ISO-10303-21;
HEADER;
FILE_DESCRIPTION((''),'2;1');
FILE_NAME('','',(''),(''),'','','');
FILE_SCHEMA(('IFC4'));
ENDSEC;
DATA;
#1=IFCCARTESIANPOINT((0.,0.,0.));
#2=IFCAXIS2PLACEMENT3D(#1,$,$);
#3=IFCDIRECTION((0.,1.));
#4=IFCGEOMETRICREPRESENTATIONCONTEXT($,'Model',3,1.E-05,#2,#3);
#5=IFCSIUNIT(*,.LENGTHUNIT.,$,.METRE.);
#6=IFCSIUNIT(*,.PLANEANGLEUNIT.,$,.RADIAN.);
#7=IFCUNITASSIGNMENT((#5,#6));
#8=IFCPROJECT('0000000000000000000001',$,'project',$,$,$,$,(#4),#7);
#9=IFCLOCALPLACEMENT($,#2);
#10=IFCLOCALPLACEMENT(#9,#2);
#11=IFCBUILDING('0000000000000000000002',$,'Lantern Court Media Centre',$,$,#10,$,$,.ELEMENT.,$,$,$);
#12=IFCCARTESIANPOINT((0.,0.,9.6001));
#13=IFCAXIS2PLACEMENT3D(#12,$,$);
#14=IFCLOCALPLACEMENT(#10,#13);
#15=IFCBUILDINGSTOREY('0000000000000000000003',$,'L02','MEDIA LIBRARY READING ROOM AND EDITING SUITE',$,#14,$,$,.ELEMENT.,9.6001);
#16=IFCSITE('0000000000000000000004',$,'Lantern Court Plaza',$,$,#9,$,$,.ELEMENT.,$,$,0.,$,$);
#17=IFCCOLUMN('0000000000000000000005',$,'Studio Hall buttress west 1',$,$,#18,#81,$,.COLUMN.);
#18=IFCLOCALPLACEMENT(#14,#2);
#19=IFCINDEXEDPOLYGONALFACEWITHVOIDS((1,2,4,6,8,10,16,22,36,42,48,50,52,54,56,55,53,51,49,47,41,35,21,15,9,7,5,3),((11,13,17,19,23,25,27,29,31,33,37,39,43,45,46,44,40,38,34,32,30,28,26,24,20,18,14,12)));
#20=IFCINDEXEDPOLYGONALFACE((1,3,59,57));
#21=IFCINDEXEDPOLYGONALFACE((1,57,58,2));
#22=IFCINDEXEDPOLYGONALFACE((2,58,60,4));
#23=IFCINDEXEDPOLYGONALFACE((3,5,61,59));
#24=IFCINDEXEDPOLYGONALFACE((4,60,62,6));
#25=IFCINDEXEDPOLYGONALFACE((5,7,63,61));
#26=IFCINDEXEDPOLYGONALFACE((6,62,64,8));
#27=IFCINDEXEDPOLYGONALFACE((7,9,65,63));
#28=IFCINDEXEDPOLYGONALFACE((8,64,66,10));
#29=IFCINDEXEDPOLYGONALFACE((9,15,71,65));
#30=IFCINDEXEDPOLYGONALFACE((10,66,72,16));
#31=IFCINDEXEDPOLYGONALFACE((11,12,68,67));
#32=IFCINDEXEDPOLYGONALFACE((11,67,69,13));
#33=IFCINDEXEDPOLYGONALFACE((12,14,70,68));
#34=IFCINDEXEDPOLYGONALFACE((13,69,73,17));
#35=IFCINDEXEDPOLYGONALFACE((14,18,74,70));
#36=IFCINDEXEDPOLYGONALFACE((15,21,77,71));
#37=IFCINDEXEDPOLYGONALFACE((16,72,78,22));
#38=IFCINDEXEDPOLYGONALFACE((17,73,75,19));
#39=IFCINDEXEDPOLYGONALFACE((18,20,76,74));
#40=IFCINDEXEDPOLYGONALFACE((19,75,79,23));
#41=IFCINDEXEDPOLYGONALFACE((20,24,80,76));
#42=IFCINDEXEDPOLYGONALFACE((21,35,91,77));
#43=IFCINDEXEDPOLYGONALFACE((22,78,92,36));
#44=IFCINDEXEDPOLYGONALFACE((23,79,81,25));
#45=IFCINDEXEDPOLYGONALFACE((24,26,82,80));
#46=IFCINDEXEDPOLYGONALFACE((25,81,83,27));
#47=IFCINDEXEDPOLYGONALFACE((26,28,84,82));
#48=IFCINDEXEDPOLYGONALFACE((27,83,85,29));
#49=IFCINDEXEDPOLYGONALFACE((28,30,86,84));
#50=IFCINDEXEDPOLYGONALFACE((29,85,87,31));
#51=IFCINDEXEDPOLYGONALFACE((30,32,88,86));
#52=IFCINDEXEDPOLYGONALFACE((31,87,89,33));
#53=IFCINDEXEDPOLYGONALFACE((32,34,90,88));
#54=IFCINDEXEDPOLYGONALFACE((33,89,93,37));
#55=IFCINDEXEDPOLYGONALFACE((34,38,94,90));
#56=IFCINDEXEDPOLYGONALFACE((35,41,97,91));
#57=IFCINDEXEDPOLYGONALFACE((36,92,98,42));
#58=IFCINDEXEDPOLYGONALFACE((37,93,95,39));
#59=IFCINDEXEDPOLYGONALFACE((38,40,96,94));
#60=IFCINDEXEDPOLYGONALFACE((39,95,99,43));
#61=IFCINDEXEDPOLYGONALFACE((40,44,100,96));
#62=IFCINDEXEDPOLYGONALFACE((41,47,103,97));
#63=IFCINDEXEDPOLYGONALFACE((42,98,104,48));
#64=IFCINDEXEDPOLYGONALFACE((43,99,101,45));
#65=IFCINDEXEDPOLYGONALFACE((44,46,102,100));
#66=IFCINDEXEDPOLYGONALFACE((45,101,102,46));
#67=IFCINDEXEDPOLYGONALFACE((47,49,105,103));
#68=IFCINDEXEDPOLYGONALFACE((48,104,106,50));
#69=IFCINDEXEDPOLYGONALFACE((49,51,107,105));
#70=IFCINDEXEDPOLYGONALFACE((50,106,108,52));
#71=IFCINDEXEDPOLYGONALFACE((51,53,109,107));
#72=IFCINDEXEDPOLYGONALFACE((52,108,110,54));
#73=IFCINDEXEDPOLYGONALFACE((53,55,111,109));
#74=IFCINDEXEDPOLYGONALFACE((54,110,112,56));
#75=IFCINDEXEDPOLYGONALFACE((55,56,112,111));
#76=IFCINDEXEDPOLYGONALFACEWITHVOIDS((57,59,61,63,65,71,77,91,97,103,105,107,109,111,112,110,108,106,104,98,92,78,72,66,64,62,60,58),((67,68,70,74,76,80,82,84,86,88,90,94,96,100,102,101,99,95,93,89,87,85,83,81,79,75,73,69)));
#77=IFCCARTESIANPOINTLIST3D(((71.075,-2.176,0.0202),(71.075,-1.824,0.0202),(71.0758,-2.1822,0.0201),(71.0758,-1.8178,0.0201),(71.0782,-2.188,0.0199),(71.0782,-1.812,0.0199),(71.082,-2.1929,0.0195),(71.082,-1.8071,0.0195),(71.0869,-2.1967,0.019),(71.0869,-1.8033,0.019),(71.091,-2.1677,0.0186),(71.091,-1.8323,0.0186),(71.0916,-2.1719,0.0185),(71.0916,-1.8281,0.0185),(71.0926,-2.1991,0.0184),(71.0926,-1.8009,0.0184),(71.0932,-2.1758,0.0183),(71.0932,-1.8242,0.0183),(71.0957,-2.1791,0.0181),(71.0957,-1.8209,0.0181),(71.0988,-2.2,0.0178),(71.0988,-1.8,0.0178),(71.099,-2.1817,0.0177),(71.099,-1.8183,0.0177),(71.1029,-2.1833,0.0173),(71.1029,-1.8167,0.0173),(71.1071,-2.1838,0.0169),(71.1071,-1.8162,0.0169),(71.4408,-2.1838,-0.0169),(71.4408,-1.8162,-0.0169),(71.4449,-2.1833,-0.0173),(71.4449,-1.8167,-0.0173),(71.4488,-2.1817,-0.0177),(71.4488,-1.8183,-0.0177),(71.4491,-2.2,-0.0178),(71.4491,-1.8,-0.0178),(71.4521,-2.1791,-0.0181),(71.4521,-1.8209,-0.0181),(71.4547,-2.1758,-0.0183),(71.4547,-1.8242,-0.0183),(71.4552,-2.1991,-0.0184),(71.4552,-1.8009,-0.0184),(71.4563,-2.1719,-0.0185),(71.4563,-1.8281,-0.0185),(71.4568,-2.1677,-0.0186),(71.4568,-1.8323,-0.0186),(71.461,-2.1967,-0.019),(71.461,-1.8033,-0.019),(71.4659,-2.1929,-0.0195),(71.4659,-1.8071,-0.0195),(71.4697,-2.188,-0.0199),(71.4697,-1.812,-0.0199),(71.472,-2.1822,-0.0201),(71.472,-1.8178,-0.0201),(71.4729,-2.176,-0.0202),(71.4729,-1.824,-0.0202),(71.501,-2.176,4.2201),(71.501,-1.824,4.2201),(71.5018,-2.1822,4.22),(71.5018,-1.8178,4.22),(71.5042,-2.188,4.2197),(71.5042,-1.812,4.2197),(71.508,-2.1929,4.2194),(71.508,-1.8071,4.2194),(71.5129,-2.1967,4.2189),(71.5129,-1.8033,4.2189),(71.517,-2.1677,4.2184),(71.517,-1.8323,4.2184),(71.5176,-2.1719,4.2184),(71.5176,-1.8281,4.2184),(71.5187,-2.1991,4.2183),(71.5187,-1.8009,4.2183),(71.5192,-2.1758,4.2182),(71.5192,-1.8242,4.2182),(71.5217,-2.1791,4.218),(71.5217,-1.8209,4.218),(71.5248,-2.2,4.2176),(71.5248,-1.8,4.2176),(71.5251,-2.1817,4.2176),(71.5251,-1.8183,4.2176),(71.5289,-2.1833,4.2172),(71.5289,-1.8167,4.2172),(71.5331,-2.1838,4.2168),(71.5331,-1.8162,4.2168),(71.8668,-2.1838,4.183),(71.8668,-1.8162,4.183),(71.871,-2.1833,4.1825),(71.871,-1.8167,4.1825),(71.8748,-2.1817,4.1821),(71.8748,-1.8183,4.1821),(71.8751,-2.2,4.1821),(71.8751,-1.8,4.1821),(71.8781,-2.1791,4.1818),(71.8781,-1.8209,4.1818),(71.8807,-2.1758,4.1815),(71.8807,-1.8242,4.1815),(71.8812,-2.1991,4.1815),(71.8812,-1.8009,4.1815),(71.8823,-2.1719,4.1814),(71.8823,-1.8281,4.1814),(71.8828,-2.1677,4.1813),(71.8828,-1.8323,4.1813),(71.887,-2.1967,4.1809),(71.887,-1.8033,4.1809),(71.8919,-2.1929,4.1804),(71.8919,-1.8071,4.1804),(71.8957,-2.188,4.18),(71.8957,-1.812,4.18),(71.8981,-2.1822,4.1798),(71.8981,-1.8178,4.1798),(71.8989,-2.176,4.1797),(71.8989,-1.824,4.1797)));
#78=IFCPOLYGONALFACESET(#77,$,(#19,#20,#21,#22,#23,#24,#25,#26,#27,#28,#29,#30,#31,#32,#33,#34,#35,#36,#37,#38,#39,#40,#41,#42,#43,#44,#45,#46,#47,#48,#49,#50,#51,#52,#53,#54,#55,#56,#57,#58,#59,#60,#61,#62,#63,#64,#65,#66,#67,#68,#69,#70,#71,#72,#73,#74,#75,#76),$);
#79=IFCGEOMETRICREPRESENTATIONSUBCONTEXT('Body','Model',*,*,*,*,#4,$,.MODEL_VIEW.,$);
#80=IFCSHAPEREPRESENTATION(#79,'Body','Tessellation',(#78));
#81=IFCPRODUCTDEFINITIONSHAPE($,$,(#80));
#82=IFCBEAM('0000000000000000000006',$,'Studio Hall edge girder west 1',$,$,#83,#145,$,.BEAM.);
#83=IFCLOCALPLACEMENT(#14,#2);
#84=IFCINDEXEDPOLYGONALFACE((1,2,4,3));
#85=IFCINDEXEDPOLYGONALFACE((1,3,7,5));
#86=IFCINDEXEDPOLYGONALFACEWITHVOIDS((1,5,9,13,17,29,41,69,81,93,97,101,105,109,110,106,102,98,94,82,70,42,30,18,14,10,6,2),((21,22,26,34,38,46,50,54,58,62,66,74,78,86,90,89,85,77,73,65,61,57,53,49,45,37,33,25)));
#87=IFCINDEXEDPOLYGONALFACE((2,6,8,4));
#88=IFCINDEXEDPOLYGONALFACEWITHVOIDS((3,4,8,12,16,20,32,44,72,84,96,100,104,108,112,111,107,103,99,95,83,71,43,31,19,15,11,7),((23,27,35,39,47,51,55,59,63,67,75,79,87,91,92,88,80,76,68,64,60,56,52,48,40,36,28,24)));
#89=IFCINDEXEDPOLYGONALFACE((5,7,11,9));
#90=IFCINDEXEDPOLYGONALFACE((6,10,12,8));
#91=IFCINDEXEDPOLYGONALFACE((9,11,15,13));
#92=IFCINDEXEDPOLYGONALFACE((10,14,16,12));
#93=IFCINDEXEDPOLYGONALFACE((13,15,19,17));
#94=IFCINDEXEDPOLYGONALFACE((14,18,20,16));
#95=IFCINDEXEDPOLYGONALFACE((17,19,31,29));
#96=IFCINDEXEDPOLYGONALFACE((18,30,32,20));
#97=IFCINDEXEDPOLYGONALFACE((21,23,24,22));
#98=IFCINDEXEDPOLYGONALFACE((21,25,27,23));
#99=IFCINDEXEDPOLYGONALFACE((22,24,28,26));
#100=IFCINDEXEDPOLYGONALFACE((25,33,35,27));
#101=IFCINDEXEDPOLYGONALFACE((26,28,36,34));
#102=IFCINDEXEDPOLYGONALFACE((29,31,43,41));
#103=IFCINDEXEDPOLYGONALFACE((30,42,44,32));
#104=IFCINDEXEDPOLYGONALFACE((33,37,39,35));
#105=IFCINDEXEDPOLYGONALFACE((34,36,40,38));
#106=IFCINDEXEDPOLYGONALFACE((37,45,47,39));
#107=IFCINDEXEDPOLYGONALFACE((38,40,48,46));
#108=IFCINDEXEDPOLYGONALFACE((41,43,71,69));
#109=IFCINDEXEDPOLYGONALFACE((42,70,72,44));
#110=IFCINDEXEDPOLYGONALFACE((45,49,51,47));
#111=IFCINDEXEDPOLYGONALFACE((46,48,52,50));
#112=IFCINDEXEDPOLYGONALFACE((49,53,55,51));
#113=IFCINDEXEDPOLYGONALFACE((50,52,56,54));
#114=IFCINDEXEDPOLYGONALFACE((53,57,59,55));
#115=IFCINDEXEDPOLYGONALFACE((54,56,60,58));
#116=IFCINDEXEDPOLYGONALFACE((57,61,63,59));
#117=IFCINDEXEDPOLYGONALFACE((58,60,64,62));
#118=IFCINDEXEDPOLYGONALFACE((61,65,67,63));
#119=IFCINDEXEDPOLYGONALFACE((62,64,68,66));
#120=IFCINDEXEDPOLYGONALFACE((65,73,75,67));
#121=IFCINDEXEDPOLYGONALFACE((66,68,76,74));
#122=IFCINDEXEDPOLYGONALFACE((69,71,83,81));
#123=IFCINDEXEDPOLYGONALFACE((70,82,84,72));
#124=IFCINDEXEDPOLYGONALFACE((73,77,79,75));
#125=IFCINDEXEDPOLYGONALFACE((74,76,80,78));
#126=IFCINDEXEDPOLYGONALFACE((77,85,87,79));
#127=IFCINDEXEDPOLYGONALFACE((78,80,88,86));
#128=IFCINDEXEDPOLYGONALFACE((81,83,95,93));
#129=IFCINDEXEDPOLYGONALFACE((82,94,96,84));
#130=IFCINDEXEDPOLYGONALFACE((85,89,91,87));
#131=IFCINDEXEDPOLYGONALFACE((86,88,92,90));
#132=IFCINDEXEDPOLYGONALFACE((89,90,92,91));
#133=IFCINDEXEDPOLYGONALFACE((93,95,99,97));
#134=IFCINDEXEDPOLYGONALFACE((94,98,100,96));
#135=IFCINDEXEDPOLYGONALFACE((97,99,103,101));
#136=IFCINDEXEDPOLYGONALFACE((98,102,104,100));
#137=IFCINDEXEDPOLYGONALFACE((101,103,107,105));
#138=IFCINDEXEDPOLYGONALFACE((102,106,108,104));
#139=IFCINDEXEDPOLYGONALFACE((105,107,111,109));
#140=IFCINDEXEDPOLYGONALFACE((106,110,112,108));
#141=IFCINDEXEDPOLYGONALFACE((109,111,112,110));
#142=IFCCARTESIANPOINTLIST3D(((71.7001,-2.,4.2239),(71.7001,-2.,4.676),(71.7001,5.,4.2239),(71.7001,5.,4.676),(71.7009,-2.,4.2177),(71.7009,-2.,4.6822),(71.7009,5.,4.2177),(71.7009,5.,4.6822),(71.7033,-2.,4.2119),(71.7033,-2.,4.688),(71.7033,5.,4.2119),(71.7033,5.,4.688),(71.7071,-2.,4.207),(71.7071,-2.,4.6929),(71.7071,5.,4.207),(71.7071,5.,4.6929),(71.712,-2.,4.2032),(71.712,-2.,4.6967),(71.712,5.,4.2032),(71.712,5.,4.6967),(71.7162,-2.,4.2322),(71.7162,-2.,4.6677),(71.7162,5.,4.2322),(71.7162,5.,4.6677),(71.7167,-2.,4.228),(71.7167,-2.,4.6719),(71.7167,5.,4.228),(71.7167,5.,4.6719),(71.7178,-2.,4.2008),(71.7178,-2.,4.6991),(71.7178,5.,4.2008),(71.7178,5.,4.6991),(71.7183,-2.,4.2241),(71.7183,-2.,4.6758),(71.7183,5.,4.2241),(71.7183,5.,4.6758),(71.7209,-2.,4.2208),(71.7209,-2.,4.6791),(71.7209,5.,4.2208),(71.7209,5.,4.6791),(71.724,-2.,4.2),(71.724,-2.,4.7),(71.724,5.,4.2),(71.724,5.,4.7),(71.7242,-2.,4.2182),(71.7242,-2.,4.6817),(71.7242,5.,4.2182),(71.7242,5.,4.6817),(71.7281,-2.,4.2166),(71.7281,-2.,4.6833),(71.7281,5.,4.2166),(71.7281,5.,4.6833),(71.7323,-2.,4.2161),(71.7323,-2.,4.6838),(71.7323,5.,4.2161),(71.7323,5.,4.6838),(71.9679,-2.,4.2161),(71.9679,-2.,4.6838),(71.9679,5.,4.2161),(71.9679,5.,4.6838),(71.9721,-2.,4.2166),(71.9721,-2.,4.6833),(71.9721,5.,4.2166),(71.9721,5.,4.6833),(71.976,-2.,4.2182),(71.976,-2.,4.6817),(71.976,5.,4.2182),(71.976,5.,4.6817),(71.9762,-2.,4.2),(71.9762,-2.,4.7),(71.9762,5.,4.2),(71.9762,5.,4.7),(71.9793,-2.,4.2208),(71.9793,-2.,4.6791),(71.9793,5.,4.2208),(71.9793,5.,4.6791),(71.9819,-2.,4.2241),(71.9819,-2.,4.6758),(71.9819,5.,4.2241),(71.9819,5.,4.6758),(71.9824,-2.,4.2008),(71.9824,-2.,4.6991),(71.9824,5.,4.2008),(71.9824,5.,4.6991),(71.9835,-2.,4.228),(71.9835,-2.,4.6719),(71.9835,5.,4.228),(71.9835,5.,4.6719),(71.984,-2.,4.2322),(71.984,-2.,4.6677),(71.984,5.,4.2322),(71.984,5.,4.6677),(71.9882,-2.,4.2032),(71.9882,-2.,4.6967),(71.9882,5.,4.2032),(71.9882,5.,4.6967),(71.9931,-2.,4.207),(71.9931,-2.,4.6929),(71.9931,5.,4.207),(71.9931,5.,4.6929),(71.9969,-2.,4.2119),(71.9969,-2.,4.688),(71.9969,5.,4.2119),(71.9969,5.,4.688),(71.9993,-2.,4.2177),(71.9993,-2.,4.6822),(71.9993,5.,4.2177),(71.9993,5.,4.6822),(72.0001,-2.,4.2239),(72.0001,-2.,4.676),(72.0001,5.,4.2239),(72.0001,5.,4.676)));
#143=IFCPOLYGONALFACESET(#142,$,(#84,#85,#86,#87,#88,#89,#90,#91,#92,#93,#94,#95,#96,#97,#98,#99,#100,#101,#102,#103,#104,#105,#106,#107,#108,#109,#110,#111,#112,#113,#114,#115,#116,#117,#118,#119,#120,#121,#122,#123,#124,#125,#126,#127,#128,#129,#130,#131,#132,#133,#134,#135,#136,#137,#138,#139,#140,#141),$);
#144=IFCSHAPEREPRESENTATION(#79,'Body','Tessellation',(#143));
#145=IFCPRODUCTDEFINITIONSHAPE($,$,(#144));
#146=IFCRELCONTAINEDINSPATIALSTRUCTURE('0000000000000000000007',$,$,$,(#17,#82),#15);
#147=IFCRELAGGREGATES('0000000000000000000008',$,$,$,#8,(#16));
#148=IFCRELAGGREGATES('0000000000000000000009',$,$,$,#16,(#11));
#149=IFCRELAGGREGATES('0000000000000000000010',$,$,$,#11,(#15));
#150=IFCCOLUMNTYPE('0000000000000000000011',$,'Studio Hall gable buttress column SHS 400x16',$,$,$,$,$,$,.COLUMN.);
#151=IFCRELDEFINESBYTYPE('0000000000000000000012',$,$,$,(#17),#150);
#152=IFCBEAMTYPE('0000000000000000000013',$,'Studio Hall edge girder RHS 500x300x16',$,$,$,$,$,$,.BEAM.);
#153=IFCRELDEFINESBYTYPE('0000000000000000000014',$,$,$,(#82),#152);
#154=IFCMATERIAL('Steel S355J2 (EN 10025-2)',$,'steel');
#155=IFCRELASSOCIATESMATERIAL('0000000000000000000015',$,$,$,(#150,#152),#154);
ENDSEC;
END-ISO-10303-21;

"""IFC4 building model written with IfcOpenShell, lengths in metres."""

from ifc_helpers import new_model, si_unit, direction, frame, origin, origin_2d, place, context, subcontext, project, spatial, hollow_rectangle, extrude, material, material_profile, profile_set, type_object, element, save


model = new_model("IFC4")

# Units and contexts
model_context = context("Model", 3, precision=1e-05, world=origin(), true_north=direction((0.0, 1.0)))
body_context = subcontext(model_context, "Body", "Model", "MODEL_VIEW")
ifc_project = project(units=[si_unit("LENGTHUNIT", "METRE"), si_unit("PLANEANGLEUNIT", "RADIAN")], contexts=[model_context])

# Site, building, storey
site_placement = place(None, origin())
site = spatial("IfcSite", under=ifc_project, at=site_placement, Name="Lantern Court Plaza", CompositionType="ELEMENT", RefElevation=0.0)
building_placement = place(site_placement, origin())
building = spatial("IfcBuilding", under=site, at=building_placement, Name="Lantern Court Media Centre", CompositionType="ELEMENT")
storey_placement = place(building_placement, frame((0.0, 0.0, 9.6001)))
storey = spatial("IfcBuildingStorey", under=building, at=storey_placement, Name="L02", Description="MEDIA LIBRARY READING ROOM AND EDITING SUITE", CompositionType="ELEMENT", Elevation=9.6001)

# Column
ifc_material_1 = material(Name="Steel S355J2 (EN 10025-2)", Category="steel")
ifc_material_profile_1 = material_profile(ifc_material_1, hollow_rectangle(XDim=0.3999, YDim=0.3999, WallThickness=0.0161, InnerFilletRadius=0.0161, OuterFilletRadius=0.0239, at=origin_2d()), Name="Studio Hall gable buttress column SHS 400x16")
ifc_profile_set_1 = profile_set([ifc_material_profile_1], Name="Steel S355J2 (EN 10025-2)")
column_type_1 = type_object("IfcColumnType", Name="Studio Hall gable buttress column SHS 400x16", PredefinedType="COLUMN", material=ifc_profile_set_1)
column_placement = place(storey_placement, frame((71.2739, -2.0, 0.0), z_axis=(0.100918, 0.0, 0.994895), x_axis=(0.0, 1.0, 0.0)))
element("IfcColumn", 1, at=column_placement, inside=storey, type_object=column_type_1, Name="Studio Hall buttress west 1", PredefinedType="COLUMN", context=body_context, shape_type="SweptSolid", body=[
    extrude(hollow_rectangle(XDim=0.3999, YDim=0.3999, WallThickness=0.0161, InnerFilletRadius=0.0161, OuterFilletRadius=0.0239, at=origin_2d()), origin(), (0.0, 0.0, 1.0), 4.2214),
])

# Beam
ifc_material_profile_2 = material_profile(ifc_material_1, hollow_rectangle(XDim=0.3, YDim=0.5, WallThickness=0.0161, InnerFilletRadius=0.0161, OuterFilletRadius=0.0239, at=origin_2d()), Name="Studio Hall edge girder RHS 500x300x16")
ifc_profile_set_2 = profile_set([ifc_material_profile_2], Name="Steel S355J2 (EN 10025-2)")
beam_type = type_object("IfcBeamType", Name="Studio Hall edge girder RHS 500x300x16", PredefinedType="BEAM", material=ifc_profile_set_2)
for number, where, z_axis, x_axis, name in (
    (2, (71.8501, -2.0, 4.45), (0.0, 1.0, 0.0), (-1.0, 0.0, 0.0), "Studio Hall edge girder west 1"),
):
    element("IfcBeam", number, at=place(storey_placement, frame(where, z_axis=z_axis, x_axis=x_axis)), inside=storey, type_object=beam_type, Name=name, PredefinedType="BEAM", context=body_context, shape_type="SweptSolid", body=[
        extrude(hollow_rectangle(XDim=0.3, YDim=0.5, WallThickness=0.0161, InnerFilletRadius=0.0161, OuterFilletRadius=0.0239, at=origin_2d()), origin(), (0.0, 0.0, 1.0), 7.0),
    ])

save(model, "model.ifc")
